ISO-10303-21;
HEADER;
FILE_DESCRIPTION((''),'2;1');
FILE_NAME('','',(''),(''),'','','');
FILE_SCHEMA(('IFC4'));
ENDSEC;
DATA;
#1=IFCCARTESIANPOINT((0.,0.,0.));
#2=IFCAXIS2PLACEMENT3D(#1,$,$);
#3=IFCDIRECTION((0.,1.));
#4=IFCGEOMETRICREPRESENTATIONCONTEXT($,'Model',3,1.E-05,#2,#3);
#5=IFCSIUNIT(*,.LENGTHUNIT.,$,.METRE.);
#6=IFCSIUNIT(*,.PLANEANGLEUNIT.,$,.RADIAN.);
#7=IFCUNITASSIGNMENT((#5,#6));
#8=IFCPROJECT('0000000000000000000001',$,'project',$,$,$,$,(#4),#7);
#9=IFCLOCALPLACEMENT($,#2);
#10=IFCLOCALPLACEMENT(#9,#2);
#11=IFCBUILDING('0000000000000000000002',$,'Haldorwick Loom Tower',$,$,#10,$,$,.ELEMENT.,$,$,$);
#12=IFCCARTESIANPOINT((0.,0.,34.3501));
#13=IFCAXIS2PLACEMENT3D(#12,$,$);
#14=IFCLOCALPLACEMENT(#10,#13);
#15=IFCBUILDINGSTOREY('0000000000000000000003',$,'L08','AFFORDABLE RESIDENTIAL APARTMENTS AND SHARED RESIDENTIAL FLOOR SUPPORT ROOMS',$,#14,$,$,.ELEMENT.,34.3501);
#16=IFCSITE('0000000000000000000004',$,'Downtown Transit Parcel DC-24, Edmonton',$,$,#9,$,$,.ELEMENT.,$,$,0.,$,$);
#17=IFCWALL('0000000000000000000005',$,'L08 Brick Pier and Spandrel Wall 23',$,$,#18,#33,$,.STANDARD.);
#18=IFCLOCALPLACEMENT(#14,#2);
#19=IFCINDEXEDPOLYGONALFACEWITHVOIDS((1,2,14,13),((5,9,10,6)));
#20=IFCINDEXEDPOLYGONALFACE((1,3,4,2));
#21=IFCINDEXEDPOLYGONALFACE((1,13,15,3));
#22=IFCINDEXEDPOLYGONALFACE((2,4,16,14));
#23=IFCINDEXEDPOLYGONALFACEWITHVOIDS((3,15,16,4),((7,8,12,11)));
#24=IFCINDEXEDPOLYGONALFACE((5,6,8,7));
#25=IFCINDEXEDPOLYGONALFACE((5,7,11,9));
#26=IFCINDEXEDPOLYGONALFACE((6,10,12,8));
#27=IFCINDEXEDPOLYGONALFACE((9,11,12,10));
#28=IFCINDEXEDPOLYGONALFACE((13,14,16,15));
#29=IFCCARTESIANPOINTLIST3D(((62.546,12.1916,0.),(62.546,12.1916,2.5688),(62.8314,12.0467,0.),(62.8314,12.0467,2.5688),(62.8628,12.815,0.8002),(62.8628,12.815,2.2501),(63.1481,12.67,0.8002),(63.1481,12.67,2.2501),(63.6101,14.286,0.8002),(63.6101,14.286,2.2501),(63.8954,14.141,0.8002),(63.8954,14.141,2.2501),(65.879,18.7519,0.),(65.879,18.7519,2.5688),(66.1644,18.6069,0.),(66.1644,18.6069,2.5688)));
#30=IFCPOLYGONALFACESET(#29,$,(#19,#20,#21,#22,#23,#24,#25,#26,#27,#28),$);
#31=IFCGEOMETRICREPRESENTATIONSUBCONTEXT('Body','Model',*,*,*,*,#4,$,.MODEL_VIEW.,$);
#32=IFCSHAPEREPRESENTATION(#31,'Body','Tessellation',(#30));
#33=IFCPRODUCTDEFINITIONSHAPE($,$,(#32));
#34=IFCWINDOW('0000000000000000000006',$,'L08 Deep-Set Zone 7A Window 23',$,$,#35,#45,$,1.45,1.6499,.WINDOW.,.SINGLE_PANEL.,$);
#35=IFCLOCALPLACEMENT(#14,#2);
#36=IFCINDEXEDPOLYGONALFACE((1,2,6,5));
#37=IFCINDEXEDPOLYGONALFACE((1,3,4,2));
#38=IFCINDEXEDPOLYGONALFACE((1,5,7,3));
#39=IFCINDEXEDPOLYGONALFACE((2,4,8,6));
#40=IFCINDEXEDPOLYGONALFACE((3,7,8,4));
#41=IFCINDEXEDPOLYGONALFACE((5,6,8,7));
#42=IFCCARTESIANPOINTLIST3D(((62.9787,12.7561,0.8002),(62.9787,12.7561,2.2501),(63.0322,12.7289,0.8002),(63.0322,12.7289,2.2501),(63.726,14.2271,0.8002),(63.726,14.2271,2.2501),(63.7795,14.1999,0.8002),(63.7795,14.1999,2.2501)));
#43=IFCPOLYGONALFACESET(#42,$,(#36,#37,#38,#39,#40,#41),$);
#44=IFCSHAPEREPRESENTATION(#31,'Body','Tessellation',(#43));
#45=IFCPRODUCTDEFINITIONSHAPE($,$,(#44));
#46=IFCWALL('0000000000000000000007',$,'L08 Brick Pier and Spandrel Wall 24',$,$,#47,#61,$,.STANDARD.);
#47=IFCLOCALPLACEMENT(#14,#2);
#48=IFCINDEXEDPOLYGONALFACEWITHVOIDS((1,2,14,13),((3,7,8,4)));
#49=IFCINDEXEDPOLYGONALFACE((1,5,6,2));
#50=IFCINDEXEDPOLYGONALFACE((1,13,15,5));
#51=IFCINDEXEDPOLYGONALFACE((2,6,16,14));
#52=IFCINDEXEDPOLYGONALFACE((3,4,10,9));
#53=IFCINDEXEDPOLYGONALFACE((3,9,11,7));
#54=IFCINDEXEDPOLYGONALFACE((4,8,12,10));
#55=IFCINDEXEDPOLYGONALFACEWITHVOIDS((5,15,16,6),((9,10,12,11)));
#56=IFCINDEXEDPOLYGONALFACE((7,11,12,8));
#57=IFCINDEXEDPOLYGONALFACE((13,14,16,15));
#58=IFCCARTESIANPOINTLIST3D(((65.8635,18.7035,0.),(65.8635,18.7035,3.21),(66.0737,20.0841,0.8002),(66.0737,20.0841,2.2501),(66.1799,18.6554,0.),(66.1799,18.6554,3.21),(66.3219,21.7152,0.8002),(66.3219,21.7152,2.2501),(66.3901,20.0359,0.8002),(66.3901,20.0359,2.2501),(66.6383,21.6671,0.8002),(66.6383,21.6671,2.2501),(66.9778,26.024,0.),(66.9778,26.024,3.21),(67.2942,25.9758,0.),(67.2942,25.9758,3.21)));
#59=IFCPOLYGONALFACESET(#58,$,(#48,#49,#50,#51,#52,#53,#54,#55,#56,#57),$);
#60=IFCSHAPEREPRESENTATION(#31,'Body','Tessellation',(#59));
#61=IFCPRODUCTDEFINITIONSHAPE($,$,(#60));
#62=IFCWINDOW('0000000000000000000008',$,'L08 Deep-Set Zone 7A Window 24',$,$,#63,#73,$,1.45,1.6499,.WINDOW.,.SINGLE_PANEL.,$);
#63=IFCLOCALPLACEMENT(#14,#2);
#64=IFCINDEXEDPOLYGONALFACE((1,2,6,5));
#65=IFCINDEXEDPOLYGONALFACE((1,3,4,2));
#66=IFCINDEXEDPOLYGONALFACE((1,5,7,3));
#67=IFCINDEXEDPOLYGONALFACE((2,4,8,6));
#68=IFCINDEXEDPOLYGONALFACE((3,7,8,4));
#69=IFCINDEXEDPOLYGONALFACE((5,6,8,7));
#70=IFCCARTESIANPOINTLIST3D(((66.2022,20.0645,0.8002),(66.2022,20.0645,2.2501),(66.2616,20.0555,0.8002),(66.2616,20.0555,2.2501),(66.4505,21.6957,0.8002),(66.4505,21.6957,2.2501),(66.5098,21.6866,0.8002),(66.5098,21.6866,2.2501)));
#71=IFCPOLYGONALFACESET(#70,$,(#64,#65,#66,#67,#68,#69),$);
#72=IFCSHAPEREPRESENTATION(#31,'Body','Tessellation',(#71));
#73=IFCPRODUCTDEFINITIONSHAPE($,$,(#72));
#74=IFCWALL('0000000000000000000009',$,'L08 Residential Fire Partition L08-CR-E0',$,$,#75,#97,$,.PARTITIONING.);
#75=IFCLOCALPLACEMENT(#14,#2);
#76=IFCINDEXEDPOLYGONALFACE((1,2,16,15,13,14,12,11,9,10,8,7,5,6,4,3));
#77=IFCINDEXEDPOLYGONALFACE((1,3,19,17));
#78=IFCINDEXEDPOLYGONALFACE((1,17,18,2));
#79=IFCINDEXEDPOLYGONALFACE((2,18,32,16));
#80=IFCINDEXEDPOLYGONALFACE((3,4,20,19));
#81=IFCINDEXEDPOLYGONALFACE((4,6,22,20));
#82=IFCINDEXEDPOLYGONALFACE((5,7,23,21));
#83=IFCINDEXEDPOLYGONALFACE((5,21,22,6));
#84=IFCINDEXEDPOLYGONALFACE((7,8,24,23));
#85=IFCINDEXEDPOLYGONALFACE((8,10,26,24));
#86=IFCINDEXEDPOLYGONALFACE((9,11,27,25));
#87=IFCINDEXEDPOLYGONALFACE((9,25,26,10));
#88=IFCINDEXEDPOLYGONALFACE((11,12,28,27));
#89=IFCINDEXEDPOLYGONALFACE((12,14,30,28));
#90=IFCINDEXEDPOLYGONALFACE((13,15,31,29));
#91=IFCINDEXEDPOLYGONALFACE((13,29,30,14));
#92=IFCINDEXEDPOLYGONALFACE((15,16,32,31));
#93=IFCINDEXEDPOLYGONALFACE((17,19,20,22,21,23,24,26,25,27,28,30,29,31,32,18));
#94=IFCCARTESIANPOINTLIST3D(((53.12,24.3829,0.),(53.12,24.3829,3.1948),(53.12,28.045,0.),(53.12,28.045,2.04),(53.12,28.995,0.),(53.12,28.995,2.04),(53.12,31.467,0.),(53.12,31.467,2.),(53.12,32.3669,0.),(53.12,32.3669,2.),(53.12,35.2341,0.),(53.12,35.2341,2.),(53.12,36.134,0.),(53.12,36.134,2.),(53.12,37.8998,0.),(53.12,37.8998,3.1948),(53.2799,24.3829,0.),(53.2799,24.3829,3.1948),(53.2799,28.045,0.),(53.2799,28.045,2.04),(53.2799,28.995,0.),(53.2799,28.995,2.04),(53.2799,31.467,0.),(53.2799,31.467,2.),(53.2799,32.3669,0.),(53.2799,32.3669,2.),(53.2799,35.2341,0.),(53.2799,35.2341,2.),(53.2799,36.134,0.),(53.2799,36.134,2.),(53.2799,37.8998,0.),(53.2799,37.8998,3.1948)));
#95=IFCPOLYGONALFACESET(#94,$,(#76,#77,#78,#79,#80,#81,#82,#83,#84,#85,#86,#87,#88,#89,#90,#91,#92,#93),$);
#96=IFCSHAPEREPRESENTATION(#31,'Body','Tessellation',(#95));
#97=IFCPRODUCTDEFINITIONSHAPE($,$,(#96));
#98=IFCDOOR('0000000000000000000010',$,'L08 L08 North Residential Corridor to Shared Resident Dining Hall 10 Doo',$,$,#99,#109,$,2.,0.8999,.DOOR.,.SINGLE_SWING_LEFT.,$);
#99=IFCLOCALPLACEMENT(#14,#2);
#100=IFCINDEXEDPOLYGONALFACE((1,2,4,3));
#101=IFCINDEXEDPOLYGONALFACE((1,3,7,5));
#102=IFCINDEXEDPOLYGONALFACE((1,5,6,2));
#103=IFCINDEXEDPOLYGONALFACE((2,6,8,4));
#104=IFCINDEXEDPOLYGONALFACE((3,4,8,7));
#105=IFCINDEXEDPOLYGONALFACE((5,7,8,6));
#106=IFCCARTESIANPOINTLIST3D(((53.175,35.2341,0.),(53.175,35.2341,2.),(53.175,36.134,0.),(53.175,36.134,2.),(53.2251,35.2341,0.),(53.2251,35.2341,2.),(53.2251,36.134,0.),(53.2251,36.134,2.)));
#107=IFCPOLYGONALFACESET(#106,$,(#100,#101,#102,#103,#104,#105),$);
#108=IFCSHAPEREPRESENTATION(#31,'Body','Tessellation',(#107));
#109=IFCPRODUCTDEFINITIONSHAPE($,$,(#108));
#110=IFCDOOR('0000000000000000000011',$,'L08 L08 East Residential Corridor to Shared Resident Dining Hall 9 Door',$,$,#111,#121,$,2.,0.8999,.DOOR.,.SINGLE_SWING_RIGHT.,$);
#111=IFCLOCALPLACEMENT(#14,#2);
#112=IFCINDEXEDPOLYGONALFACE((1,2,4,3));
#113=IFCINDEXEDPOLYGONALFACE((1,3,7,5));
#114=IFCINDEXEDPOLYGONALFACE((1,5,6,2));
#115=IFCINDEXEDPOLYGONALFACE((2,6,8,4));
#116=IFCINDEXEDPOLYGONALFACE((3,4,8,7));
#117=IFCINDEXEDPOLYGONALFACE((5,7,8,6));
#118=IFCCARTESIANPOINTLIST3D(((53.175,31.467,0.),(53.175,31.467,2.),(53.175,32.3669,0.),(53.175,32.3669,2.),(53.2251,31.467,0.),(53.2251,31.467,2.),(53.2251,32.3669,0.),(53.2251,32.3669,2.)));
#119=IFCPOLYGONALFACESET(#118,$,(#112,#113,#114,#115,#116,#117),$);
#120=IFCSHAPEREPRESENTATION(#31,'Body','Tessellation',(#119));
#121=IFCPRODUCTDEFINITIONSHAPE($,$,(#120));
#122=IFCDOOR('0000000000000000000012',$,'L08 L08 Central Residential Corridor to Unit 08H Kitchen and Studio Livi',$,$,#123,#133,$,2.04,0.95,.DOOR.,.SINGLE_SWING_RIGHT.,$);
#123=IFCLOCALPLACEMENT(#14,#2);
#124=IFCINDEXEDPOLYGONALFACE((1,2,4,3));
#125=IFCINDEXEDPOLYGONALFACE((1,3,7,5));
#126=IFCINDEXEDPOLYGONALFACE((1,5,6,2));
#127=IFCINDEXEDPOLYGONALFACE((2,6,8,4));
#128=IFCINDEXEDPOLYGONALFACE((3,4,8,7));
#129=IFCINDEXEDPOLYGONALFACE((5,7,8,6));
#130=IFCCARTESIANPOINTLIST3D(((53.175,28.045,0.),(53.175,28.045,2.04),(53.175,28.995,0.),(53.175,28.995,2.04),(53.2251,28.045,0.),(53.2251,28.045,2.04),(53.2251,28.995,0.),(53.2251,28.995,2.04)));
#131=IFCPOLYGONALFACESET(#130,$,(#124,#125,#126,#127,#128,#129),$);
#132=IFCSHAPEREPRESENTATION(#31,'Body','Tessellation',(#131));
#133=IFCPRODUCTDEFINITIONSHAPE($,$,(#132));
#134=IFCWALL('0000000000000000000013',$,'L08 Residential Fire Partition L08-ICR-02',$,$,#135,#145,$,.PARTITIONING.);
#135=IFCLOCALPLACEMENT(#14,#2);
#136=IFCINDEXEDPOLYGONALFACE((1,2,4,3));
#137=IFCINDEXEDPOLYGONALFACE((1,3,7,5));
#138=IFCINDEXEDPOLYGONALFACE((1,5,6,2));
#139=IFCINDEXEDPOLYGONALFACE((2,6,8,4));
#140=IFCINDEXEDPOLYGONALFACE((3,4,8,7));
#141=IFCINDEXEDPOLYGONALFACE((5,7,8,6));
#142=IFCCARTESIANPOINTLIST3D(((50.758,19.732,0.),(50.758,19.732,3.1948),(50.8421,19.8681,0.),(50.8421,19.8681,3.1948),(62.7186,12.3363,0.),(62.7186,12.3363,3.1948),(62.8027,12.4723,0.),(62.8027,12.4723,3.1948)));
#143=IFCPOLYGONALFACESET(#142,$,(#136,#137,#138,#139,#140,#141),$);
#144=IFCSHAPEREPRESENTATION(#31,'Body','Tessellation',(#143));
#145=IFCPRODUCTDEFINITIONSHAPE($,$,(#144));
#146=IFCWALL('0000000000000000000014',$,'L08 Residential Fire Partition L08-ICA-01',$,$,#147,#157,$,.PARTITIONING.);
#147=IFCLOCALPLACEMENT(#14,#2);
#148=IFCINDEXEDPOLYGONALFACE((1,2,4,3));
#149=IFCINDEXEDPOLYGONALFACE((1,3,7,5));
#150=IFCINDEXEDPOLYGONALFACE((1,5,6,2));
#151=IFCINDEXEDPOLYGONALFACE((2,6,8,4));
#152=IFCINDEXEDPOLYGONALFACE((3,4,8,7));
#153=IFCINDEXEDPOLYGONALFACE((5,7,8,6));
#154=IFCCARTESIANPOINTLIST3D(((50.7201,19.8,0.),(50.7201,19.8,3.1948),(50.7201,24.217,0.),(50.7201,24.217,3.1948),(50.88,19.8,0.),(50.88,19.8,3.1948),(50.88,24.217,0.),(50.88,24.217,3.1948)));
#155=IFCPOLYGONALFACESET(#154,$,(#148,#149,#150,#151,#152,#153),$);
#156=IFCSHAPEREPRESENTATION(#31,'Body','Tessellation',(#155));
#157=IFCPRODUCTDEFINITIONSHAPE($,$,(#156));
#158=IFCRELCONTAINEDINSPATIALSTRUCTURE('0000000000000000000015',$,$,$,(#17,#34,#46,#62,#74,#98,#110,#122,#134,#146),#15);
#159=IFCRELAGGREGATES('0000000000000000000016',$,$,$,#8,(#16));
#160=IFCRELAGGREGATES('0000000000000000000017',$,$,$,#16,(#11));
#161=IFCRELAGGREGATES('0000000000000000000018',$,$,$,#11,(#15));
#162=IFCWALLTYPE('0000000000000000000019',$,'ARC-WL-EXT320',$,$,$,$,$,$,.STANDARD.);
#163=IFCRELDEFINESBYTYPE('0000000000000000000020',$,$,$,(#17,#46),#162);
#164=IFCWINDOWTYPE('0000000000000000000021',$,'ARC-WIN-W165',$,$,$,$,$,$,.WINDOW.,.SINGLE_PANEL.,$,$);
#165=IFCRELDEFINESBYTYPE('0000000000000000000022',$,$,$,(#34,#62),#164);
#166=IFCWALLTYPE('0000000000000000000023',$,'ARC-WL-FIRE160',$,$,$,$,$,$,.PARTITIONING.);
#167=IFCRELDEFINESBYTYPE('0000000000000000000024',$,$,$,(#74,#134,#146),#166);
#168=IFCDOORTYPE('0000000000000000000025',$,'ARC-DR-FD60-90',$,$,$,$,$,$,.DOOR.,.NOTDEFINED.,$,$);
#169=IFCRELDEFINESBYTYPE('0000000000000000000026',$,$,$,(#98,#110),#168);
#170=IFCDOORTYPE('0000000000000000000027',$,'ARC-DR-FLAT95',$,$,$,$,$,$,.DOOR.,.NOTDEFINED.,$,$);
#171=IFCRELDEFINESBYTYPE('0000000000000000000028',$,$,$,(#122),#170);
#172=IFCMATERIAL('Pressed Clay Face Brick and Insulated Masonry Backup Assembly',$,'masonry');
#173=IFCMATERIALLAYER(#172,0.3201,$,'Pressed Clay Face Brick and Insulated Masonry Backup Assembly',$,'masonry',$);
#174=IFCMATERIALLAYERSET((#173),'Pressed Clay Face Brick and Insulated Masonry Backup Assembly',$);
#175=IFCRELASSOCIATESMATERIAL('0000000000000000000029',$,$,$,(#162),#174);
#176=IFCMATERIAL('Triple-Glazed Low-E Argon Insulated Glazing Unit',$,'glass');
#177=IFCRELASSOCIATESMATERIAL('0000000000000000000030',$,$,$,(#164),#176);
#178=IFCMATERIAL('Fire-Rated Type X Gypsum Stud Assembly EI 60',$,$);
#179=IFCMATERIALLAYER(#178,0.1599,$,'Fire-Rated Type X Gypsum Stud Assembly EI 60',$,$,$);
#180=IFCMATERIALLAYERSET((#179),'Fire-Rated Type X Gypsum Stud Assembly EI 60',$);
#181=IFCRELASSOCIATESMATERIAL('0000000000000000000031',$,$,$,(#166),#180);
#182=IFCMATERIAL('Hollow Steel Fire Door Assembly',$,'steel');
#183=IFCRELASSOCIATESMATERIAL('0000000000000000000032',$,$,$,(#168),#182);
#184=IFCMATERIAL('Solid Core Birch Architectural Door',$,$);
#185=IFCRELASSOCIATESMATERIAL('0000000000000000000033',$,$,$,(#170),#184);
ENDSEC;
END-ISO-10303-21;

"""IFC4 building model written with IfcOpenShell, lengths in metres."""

from ifc_helpers import new_model, si_unit, direction, frame, frame_2d, origin, place, context, subcontext, project, spatial, rectangle, extrude, material, layer, layer_set, type_object, element, fill, save


model = new_model("IFC4")

# Units and contexts
model_context = context("Model", 3, precision=1e-05, world=origin(), true_north=direction((0.0, 1.0)))
body_context = subcontext(model_context, "Body", "Model", "MODEL_VIEW")
ifc_project = project(units=[si_unit("LENGTHUNIT", "METRE"), si_unit("PLANEANGLEUNIT", "RADIAN")], contexts=[model_context])

# Site, building, storey
site_placement = place(None, origin())
site = spatial("IfcSite", under=ifc_project, at=site_placement, Name="Downtown Transit Parcel DC-24, Edmonton", CompositionType="ELEMENT", RefElevation=0.0)
building_placement = place(site_placement, origin())
building = spatial("IfcBuilding", under=site, at=building_placement, Name="Haldorwick Loom Tower", CompositionType="ELEMENT")
storey_placement = place(building_placement, frame((0.0, 0.0, 34.3501)))
storey = spatial("IfcBuildingStorey", under=building, at=storey_placement, Name="L08", Description="AFFORDABLE RESIDENTIAL APARTMENTS AND SHARED RESIDENTIAL FLOOR SUPPORT ROOMS", CompositionType="ELEMENT", Elevation=34.3501)

# Shared definitions
ifc_material_1 = material(Name="Pressed Clay Face Brick and Insulated Masonry Backup Assembly", Category="masonry")
ifc_layer_1 = layer(ifc_material_1, 0.3201, Name="Pressed Clay Face Brick and Insulated Masonry Backup Assembly", Category="masonry")
ifc_layer_set_1 = layer_set([ifc_layer_1], Name="Pressed Clay Face Brick and Insulated Masonry Backup Assembly")
wall_type_1 = type_object("IfcWallType", Name="ARC-WL-EXT320", PredefinedType="STANDARD", material=ifc_layer_set_1)

# Walls, openings, windows
ifc_material_2 = material(Name="Triple-Glazed Low-E Argon Insulated Glazing Unit", Category="glass")
window_type = type_object("IfcWindowType", Name="ARC-WIN-W165", PartitioningType="SINGLE_PANEL", PredefinedType="WINDOW", material=ifc_material_2)
wall_1_placement = place(storey_placement, frame((62.6887, 12.1191, 0.0), z_axis=(0.0, 0.0, 1.0), x_axis=(0.452951, 0.891535, 0.0)))
wall_1 = element("IfcWall", 1, at=wall_1_placement, inside=storey, type_object=wall_type_1, Name="L08 Brick Pier and Spandrel Wall 23", PredefinedType="STANDARD", context=body_context, shape_type="SweptSolid", body=[
    extrude(rectangle(XDim=7.3584, YDim=0.3201, at=frame_2d((3.6792, 0.0))), origin(), (0.0, 0.0, 1.0), 2.5688),
])
opening_1_placement = place(wall_1_placement, frame((0.6992, 0.0, 0.8)))
opening_1 = element("IfcOpeningElement", 2, at=opening_1_placement, cuts=wall_1, PredefinedType="OPENING", context=body_context, shape_type="SweptSolid", body=[
    extrude(rectangle(XDim=1.6499, YDim=1.45, at=frame_2d((0.825, 0.7251))), frame((0.0, 0.1699, 0.0), z_axis=(0.0, -1.0, 0.0), x_axis=(1.0, 0.0, 0.0)), (0.0, 0.0, 1.0), 0.3401),
])
window_1_placement = place(opening_1_placement, origin())
window_1 = element("IfcWindow", 3, at=window_1_placement, inside=storey, type_object=window_type, Name="L08 Deep-Set Zone 7A Window 23", OverallHeight=1.45, OverallWidth=1.6499, PartitioningType="SINGLE_PANEL", PredefinedType="WINDOW", context=body_context, shape_type="SweptSolid", body=[
    extrude(rectangle(XDim=1.6499, YDim=1.45, at=frame_2d((0.825, 0.7251))), frame((0.0, 0.03, 0.0), z_axis=(0.0, -1.0, 0.0), x_axis=(1.0, 0.0, 0.0)), (0.0, 0.0, 1.0), 0.0601),
])
fill(opening_1, window_1)
wall_2_placement = place(storey_placement, frame((66.0217, 18.6794, 0.0), z_axis=(0.0, 0.0, 1.0), x_axis=(0.150476, 0.988614, 0.0)))
wall_2 = element("IfcWall", 4, at=wall_2_placement, inside=storey, type_object=wall_type_1, Name="L08 Brick Pier and Spandrel Wall 24", PredefinedType="STANDARD", context=body_context, shape_type="SweptSolid", body=[
    extrude(rectangle(XDim=7.4048, YDim=0.3201, at=frame_2d((3.7024, 0.0))), origin(), (0.0, 0.0, 1.0), 3.21),
])
opening_2_placement = place(wall_2_placement, frame((1.3965, 0.0, 0.8)))
opening_2 = element("IfcOpeningElement", 5, at=opening_2_placement, cuts=wall_2, PredefinedType="OPENING", context=body_context, shape_type="SweptSolid", body=[
    extrude(rectangle(XDim=1.6499, YDim=1.45, at=frame_2d((0.825, 0.7251))), frame((0.0, 0.1699, 0.0), z_axis=(0.0, -1.0, 0.0), x_axis=(1.0, 0.0, 0.0)), (0.0, 0.0, 1.0), 0.3401),
])
window_2_placement = place(opening_2_placement, origin())
window_2 = element("IfcWindow", 6, at=window_2_placement, inside=storey, type_object=window_type, Name="L08 Deep-Set Zone 7A Window 24", OverallHeight=1.45, OverallWidth=1.6499, PartitioningType="SINGLE_PANEL", PredefinedType="WINDOW", context=body_context, shape_type="SweptSolid", body=[
    extrude(rectangle(XDim=1.6499, YDim=1.45, at=frame_2d((0.825, 0.7251))), frame((0.0, 0.03, 0.0), z_axis=(0.0, -1.0, 0.0), x_axis=(1.0, 0.0, 0.0)), (0.0, 0.0, 1.0), 0.0601),
])
fill(opening_2, window_2)

# Wall, openings, doors
ifc_material_3 = material(Name="Fire-Rated Type X Gypsum Stud Assembly EI 60")
ifc_layer_2 = layer(ifc_material_3, 0.1599, Name="Fire-Rated Type X Gypsum Stud Assembly EI 60")
ifc_layer_set_2 = layer_set([ifc_layer_2], Name="Fire-Rated Type X Gypsum Stud Assembly EI 60")
wall_type_2 = type_object("IfcWallType", Name="ARC-WL-FIRE160", PredefinedType="PARTITIONING", material=ifc_layer_set_2)
wall_3_placement = place(storey_placement, frame((53.2, 24.3831, 0.0), z_axis=(0.0, 0.0, 1.0), x_axis=(0.0, 1.0, 0.0)))
wall_3 = element("IfcWall", 7, at=wall_3_placement, inside=storey, type_object=wall_type_2, Name="L08 Residential Fire Partition L08-CR-E0", PredefinedType="PARTITIONING", context=body_context, shape_type="SweptSolid", body=[
    extrude(rectangle(XDim=13.5168, YDim=0.1599, at=frame_2d((6.7583, 0.0))), origin(), (0.0, 0.0, 1.0), 3.1948),
])
opening_3_placement = place(wall_3_placement, frame((10.8511, 0.0, 0.0)))
opening_3 = element("IfcOpeningElement", 8, at=opening_3_placement, cuts=wall_3, PredefinedType="OPENING", context=body_context, shape_type="SweptSolid", body=[
    extrude(rectangle(XDim=0.8999, YDim=2.0, at=frame_2d((0.45, 1.0))), frame((0.0, 0.0898, 0.0), z_axis=(0.0, -1.0, 0.0), x_axis=(1.0, 0.0, 0.0)), (0.0, 0.0, 1.0), 0.1799),
])
opening_4_placement = place(wall_3_placement, frame((3.6619, 0.0, 0.0)))
opening_4 = element("IfcOpeningElement", 9, at=opening_4_placement, cuts=wall_3, PredefinedType="OPENING", context=body_context, shape_type="SweptSolid", body=[
    extrude(rectangle(XDim=0.95, YDim=2.04, at=frame_2d((0.4751, 1.02))), frame((0.0, 0.0898, 0.0), z_axis=(0.0, -1.0, 0.0), x_axis=(1.0, 0.0, 0.0)), (0.0, 0.0, 1.0), 0.1799),
])
opening_5_placement = place(wall_3_placement, frame((7.084, 0.0, 0.0)))
opening_5 = element("IfcOpeningElement", 10, at=opening_5_placement, cuts=wall_3, PredefinedType="OPENING", context=body_context, shape_type="SweptSolid", body=[
    extrude(rectangle(XDim=0.8999, YDim=2.0, at=frame_2d((0.45, 1.0))), frame((0.0, 0.0898, 0.0), z_axis=(0.0, -1.0, 0.0), x_axis=(1.0, 0.0, 0.0)), (0.0, 0.0, 1.0), 0.1799),
])
ifc_material_4 = material(Name="Hollow Steel Fire Door Assembly", Category="steel")
door_type_1 = type_object("IfcDoorType", Name="ARC-DR-FD60-90", OperationType="NOTDEFINED", PredefinedType="DOOR", material=ifc_material_4)
door_1_placement = place(opening_3_placement, origin())
door_1 = element("IfcDoor", 11, at=door_1_placement, inside=storey, type_object=door_type_1, Name="L08 L08 North Residential Corridor to Shared Resident Dining Hall 10 Doo", OperationType="SINGLE_SWING_LEFT", OverallHeight=2.0, OverallWidth=0.8999, PredefinedType="DOOR", context=body_context, shape_type="SweptSolid", body=[
    extrude(rectangle(XDim=0.8999, YDim=2.0, at=frame_2d((0.45, 1.0))), frame((0.0, 0.0249, 0.0), z_axis=(0.0, -1.0, 0.0), x_axis=(1.0, 0.0, 0.0)), (0.0, 0.0, 1.0), 0.05),
])
fill(opening_3, door_1)
door_2_placement = place(opening_5_placement, origin())
door_2 = element("IfcDoor", 12, at=door_2_placement, inside=storey, type_object=door_type_1, Name="L08 L08 East Residential Corridor to Shared Resident Dining Hall 9 Door", OperationType="SINGLE_SWING_RIGHT", OverallHeight=2.0, OverallWidth=0.8999, PredefinedType="DOOR", context=body_context, shape_type="SweptSolid", body=[
    extrude(rectangle(XDim=0.8999, YDim=2.0, at=frame_2d((0.45, 1.0))), frame((0.0, 0.0249, 0.0), z_axis=(0.0, -1.0, 0.0), x_axis=(1.0, 0.0, 0.0)), (0.0, 0.0, 1.0), 0.05),
])
fill(opening_5, door_2)
ifc_material_5 = material(Name="Solid Core Birch Architectural Door")
door_type_2 = type_object("IfcDoorType", Name="ARC-DR-FLAT95", OperationType="NOTDEFINED", PredefinedType="DOOR", material=ifc_material_5)
door_3_placement = place(opening_4_placement, origin())
door_3 = element("IfcDoor", 13, at=door_3_placement, inside=storey, type_object=door_type_2, Name="L08 L08 Central Residential Corridor to Unit 08H Kitchen and Studio Livi", OperationType="SINGLE_SWING_RIGHT", OverallHeight=2.04, OverallWidth=0.95, PredefinedType="DOOR", context=body_context, shape_type="SweptSolid", body=[
    extrude(rectangle(XDim=0.95, YDim=2.04, at=frame_2d((0.4751, 1.02))), frame((0.0, 0.0249, 0.0), z_axis=(0.0, -1.0, 0.0), x_axis=(1.0, 0.0, 0.0)), (0.0, 0.0, 1.0), 0.05),
])
fill(opening_4, door_3)

# Walls
wall_4_placement = place(storey_placement, frame((50.8, 19.8, 0.0), z_axis=(0.0, 0.0, 1.0), x_axis=(0.850535, -0.525918, 0.0)))
element("IfcWall", 14, at=wall_4_placement, inside=storey, type_object=wall_type_2, Name="L08 Residential Fire Partition L08-ICR-02", PredefinedType="PARTITIONING", context=body_context, shape_type="SweptSolid", body=[
    extrude(rectangle(XDim=14.0625, YDim=0.1599, at=frame_2d((7.0312, 0.0))), origin(), (0.0, 0.0, 1.0), 3.1948),
])
wall_5_placement = place(storey_placement, frame((50.8, 24.217, 0.0), z_axis=(0.0, 0.0, 1.0), x_axis=(0.0, -1.0, 0.0)))
element("IfcWall", 15, at=wall_5_placement, inside=storey, type_object=wall_type_2, Name="L08 Residential Fire Partition L08-ICA-01", PredefinedType="PARTITIONING", context=body_context, shape_type="SweptSolid", body=[
    extrude(rectangle(XDim=4.417, YDim=0.1599, at=frame_2d((2.2085, 0.0))), origin(), (0.0, 0.0, 1.0), 3.1948),
])

save(model, "model.ifc")
